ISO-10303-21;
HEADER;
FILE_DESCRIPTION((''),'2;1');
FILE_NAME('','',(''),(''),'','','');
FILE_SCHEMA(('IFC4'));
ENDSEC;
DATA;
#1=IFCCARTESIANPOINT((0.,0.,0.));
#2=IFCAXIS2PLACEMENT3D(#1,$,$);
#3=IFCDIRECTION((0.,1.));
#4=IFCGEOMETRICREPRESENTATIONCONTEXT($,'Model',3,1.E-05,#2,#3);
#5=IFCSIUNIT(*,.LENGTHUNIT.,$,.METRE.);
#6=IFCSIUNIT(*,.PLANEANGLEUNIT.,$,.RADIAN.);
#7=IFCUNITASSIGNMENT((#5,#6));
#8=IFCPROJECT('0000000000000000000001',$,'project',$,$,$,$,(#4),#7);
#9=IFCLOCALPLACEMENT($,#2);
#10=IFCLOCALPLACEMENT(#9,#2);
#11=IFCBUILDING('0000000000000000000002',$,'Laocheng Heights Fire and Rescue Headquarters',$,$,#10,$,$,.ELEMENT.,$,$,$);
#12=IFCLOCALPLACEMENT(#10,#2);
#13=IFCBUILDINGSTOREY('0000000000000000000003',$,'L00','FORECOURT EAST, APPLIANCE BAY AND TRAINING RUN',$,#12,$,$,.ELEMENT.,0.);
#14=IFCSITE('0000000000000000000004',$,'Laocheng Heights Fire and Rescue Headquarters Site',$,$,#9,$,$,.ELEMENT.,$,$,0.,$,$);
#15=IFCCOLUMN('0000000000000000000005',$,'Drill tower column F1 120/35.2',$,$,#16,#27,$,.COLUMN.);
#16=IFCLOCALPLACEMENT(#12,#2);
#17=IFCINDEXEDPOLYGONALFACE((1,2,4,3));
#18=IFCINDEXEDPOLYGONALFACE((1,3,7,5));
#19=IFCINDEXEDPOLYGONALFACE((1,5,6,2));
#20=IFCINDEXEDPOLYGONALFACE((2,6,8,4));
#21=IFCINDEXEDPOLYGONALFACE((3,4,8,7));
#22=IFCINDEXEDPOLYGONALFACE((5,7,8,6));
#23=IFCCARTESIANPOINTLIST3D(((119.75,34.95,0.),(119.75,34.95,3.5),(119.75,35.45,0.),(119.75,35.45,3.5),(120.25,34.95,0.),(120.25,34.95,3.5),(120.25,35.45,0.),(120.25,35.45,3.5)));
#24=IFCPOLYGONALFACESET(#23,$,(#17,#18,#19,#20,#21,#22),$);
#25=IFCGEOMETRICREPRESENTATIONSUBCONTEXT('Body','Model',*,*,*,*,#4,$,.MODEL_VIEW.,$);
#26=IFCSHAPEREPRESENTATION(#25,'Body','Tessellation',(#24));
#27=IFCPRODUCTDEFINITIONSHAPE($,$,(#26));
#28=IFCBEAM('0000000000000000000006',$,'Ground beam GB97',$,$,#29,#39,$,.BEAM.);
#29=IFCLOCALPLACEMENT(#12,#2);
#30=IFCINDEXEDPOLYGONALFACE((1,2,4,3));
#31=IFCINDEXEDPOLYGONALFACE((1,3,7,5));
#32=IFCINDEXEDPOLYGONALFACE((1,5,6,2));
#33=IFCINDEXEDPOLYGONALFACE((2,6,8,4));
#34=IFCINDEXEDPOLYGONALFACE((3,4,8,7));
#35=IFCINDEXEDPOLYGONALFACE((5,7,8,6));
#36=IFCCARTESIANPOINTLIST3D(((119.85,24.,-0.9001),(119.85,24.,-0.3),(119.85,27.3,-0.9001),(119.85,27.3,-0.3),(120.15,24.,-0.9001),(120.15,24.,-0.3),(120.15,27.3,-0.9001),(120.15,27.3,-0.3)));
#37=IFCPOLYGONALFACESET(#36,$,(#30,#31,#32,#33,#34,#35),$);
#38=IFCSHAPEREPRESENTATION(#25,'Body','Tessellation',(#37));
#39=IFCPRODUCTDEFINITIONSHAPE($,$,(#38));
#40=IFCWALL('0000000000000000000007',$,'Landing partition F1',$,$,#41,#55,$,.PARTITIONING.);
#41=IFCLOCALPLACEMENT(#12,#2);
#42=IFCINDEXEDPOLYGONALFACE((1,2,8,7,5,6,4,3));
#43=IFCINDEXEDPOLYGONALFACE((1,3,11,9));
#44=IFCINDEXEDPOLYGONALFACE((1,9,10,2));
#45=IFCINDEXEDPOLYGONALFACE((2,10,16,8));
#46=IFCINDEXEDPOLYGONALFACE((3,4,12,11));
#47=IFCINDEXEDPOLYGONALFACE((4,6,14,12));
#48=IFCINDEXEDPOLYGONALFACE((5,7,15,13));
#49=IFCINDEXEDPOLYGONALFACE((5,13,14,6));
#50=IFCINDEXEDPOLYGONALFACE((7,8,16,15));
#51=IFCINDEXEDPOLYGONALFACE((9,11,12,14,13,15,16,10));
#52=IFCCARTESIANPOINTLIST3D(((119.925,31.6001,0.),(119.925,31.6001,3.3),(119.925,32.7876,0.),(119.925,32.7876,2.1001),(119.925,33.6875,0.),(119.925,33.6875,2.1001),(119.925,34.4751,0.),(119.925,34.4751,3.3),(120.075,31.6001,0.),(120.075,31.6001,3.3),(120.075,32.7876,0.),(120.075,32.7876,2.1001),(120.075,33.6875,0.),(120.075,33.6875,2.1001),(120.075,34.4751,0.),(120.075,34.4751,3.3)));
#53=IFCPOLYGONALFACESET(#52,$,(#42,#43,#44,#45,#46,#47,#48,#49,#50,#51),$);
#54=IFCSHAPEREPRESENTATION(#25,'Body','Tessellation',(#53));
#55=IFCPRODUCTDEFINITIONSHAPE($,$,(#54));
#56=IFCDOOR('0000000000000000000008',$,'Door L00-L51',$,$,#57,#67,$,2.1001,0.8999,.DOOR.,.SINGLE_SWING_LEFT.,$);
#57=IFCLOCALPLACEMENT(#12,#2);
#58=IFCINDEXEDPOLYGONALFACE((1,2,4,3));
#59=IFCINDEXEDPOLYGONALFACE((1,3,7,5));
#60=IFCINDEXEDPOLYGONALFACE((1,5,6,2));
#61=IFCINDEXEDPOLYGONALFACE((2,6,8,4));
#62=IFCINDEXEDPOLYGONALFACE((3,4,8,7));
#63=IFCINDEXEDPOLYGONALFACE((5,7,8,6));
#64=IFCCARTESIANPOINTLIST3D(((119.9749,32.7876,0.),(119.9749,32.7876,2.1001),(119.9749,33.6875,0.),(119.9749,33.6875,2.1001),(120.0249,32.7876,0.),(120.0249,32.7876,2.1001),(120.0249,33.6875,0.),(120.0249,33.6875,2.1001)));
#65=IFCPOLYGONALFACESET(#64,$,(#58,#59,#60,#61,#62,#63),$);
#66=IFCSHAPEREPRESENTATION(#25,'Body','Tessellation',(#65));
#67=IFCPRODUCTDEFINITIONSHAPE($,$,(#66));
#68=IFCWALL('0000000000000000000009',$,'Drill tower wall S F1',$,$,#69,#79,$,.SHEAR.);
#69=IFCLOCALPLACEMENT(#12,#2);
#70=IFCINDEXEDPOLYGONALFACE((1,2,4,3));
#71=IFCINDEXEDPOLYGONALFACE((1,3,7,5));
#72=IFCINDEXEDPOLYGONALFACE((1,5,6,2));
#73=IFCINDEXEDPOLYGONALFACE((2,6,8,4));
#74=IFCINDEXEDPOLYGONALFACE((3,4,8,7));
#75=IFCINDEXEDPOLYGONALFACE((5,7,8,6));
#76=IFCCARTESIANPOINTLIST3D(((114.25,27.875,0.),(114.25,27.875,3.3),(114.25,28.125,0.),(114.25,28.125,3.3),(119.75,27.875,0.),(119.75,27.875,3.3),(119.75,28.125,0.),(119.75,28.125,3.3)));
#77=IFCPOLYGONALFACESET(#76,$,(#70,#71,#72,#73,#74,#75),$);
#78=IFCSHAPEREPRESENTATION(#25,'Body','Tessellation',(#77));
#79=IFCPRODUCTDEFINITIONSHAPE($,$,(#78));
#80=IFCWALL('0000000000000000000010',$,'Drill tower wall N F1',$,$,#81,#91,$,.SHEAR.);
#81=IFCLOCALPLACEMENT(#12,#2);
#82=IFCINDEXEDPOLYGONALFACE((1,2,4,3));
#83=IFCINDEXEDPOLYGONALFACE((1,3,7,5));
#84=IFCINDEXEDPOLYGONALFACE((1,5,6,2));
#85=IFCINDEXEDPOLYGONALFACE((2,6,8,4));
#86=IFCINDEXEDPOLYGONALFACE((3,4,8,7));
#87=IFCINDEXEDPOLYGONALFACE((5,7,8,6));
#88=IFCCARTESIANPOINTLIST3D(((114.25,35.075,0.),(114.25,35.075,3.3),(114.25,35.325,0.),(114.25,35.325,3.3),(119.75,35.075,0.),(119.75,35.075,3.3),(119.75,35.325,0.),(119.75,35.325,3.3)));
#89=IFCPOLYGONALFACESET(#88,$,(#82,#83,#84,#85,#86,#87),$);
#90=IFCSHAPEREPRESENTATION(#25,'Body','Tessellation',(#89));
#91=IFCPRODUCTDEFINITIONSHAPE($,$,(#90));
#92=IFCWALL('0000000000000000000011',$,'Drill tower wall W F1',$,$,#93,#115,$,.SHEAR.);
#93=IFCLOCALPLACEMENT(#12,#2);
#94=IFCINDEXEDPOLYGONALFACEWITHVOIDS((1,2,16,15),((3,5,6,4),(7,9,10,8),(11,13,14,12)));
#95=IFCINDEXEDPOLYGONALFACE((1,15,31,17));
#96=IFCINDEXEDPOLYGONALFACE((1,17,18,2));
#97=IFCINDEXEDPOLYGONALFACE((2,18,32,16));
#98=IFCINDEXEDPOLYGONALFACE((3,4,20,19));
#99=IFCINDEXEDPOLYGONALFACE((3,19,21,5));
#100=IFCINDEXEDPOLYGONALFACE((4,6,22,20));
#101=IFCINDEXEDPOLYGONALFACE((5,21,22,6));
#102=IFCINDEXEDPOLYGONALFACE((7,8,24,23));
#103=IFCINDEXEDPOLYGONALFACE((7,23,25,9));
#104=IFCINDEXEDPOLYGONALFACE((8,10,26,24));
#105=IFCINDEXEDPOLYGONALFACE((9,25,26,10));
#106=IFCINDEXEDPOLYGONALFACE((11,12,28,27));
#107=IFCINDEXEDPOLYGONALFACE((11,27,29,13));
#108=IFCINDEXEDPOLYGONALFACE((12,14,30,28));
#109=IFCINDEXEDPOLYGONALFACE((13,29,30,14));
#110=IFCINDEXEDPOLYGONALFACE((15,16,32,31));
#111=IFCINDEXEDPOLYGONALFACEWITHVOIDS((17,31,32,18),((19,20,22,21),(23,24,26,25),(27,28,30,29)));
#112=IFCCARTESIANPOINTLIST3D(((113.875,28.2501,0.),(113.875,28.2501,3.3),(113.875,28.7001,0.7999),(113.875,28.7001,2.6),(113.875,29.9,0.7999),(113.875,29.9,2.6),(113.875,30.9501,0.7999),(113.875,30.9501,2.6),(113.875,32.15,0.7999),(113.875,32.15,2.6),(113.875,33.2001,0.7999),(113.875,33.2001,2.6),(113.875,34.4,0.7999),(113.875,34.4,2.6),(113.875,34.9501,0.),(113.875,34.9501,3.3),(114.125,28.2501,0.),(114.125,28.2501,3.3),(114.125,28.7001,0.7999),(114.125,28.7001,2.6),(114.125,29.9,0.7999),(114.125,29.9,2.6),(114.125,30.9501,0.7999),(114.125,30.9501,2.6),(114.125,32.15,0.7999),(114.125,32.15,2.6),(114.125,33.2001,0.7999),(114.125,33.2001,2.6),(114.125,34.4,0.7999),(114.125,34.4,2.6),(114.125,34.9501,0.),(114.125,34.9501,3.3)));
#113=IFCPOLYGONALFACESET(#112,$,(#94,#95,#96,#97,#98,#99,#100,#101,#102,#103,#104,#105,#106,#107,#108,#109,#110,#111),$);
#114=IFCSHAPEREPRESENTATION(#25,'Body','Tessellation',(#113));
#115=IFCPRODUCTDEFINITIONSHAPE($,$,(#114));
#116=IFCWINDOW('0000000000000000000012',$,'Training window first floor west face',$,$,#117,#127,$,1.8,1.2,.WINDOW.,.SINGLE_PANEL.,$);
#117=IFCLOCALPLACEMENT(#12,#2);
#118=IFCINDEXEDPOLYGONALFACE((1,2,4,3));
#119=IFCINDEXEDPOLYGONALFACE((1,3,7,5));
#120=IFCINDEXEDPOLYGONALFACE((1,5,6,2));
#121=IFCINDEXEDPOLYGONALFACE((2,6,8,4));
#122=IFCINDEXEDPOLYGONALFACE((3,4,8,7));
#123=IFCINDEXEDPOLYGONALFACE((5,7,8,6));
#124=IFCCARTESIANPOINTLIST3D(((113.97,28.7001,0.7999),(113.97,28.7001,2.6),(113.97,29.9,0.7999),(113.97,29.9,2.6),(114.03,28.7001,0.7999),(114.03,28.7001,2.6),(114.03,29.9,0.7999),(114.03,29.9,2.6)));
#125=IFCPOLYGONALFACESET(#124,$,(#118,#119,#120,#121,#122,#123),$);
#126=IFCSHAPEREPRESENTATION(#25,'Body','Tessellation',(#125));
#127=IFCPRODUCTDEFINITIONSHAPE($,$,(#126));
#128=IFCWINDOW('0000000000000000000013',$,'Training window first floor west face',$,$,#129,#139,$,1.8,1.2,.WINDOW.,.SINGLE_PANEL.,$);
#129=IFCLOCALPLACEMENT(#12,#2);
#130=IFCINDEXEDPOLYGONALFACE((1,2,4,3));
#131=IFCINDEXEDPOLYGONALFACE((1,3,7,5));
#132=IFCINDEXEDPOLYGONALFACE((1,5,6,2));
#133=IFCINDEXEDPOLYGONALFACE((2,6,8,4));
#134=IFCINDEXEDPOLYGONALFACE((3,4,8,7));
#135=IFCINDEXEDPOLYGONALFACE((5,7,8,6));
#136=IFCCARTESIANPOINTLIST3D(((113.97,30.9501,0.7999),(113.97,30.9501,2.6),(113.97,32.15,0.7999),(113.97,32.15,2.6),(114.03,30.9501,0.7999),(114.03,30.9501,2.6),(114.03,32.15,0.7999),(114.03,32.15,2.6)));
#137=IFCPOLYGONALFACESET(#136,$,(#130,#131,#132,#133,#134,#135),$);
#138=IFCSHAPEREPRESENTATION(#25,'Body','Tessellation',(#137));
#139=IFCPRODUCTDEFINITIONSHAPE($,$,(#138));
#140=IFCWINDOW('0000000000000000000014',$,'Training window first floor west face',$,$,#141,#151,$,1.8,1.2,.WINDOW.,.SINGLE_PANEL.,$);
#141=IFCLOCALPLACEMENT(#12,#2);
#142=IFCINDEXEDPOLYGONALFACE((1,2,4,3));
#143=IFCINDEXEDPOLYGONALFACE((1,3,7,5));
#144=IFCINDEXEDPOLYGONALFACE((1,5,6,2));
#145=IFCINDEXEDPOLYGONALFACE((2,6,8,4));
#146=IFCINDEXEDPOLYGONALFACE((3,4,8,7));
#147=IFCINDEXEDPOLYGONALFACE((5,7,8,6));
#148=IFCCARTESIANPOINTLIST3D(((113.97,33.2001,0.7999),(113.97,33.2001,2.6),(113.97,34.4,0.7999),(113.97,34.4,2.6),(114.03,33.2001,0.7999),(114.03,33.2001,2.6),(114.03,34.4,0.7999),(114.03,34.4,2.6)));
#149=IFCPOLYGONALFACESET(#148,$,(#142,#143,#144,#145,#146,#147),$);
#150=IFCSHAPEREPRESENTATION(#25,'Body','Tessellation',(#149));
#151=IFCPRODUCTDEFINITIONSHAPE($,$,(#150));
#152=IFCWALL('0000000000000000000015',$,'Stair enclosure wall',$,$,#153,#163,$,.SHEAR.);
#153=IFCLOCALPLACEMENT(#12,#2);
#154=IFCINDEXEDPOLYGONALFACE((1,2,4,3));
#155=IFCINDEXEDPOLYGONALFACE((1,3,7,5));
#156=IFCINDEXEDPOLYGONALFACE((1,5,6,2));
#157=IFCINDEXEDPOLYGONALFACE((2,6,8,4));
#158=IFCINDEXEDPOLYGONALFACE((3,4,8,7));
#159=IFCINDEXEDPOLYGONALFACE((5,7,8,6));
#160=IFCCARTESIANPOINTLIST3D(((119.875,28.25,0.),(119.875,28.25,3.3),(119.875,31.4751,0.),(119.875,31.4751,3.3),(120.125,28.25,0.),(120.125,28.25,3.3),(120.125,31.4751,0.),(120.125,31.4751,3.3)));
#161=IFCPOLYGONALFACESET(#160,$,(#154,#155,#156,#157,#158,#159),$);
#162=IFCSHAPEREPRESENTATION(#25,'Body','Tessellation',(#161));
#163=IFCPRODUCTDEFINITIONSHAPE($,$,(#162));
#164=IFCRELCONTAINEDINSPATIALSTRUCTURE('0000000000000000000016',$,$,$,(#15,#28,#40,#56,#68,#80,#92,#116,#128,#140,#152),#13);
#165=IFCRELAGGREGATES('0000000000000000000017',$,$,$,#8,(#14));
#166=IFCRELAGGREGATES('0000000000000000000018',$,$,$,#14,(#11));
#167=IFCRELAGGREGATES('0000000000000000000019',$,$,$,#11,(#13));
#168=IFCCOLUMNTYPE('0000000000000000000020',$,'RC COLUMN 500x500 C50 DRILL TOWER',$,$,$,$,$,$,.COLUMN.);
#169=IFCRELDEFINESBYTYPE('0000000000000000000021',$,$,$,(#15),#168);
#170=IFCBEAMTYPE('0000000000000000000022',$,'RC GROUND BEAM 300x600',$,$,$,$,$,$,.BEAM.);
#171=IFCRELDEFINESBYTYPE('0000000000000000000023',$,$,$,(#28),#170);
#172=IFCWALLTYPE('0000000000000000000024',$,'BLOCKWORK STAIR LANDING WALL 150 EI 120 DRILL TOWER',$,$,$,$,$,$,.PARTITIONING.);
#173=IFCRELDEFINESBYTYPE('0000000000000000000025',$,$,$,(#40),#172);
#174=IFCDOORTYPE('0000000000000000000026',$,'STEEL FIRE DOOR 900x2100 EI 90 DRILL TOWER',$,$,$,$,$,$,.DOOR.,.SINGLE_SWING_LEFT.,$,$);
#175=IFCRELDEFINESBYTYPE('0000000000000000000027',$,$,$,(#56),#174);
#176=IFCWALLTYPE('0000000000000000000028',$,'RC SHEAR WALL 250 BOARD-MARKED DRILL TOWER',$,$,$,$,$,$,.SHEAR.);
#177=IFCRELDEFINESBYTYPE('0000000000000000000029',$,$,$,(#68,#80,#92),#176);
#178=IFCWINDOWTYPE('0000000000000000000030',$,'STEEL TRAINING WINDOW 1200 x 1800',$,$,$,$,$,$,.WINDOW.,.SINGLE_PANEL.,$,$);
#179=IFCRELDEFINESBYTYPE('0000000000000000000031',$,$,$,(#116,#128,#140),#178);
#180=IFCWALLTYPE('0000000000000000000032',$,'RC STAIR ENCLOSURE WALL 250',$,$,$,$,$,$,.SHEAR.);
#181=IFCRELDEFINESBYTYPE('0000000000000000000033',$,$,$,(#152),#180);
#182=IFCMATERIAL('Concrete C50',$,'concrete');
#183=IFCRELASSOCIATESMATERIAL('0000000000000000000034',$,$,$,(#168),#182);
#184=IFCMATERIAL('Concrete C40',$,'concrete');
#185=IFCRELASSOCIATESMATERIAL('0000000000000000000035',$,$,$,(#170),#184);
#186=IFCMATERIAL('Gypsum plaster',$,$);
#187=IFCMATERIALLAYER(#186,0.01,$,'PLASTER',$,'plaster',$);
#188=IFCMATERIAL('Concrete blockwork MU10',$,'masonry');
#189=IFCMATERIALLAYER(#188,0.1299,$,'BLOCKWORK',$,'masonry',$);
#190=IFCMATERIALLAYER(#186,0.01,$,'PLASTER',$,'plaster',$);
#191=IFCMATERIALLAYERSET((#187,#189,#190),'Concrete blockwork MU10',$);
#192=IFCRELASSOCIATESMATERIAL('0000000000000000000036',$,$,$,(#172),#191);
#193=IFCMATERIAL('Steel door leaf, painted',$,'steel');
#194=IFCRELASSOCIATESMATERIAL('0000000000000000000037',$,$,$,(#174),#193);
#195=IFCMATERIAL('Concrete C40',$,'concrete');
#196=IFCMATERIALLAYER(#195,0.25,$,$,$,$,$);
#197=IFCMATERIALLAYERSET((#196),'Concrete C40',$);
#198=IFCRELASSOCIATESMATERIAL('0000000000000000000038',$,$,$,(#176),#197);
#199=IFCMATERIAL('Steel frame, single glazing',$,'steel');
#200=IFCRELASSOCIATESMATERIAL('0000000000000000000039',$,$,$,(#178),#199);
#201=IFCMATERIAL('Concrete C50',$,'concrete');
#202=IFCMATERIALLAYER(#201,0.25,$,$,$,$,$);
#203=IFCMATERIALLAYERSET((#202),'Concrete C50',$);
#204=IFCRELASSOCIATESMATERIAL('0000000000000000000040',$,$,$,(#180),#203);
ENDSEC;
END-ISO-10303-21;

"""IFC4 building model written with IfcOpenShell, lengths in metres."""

from ifc_helpers import new_model, si_unit, direction, frame, frame_2d, origin, origin_2d, place, context, subcontext, project, spatial, rectangle, extrude, material, layer, layer_set, material_profile, profile_set, type_object, element, fill, save


model = new_model("IFC4")

# Units and contexts
model_context = context("Model", 3, precision=1e-05, world=origin(), true_north=direction((0.0, 1.0)))
body_context = subcontext(model_context, "Body", "Model", "MODEL_VIEW")
ifc_project = project(units=[si_unit("LENGTHUNIT", "METRE"), si_unit("PLANEANGLEUNIT", "RADIAN")], contexts=[model_context])

# Site, building, storey
site_placement = place(None, origin())
site = spatial("IfcSite", under=ifc_project, at=site_placement, Name="Laocheng Heights Fire and Rescue Headquarters Site", CompositionType="ELEMENT", RefElevation=0.0)
building_placement = place(site_placement, origin())
building = spatial("IfcBuilding", under=site, at=building_placement, Name="Laocheng Heights Fire and Rescue Headquarters", CompositionType="ELEMENT")
storey_placement = place(building_placement, origin())
storey = spatial("IfcBuildingStorey", under=building, at=storey_placement, Name="L00", Description="FORECOURT EAST, APPLIANCE BAY AND TRAINING RUN", CompositionType="ELEMENT", Elevation=0.0)

# Column
ifc_material_1 = material(Name="Concrete C50", Category="concrete")
ifc_material_profile_1 = material_profile(ifc_material_1, rectangle(XDim=0.5, YDim=0.5, at=origin_2d()), Name="RC COLUMN 500x500 C50 DRILL TOWER")
ifc_profile_set_1 = profile_set([ifc_material_profile_1], Name="Concrete C50")
column_type = type_object("IfcColumnType", Name="RC COLUMN 500x500 C50 DRILL TOWER", PredefinedType="COLUMN", material=ifc_profile_set_1)
for number, where, z_axis, x_axis, name in (
    (1, (120.0, 35.2, 0.0), (0.0, 0.0, 1.0), (1.0, 0.0, 0.0), "Drill tower column F1 120/35.2"),
):
    element("IfcColumn", number, at=place(storey_placement, frame(where, z_axis=z_axis, x_axis=x_axis)), inside=storey, type_object=column_type, Name=name, PredefinedType="COLUMN", context=body_context, shape_type="SweptSolid", body=[
        extrude(rectangle(XDim=0.5, YDim=0.5, at=origin_2d()), origin(), (0.0, 0.0, 1.0), 3.5),
    ])

# Beam
ifc_material_2 = material(Name="Concrete C40", Category="concrete")
ifc_material_profile_2 = material_profile(ifc_material_2, rectangle(XDim=0.3, YDim=0.6001, at=origin_2d()), Name="RC GROUND BEAM 300x600")
ifc_profile_set_2 = profile_set([ifc_material_profile_2], Name="Concrete C40")
beam_type = type_object("IfcBeamType", Name="RC GROUND BEAM 300x600", PredefinedType="BEAM", material=ifc_profile_set_2)
beam_placement = place(storey_placement, frame((120.0, 24.0, -0.6001), z_axis=(0.0, 1.0, 0.0), x_axis=(-1.0, 0.0, 0.0)))
element("IfcBeam", 2, at=beam_placement, inside=storey, type_object=beam_type, Name="Ground beam GB97", PredefinedType="BEAM", context=body_context, shape_type="SweptSolid", body=[
    extrude(rectangle(XDim=0.3, YDim=0.6001, at=origin_2d()), origin(), (0.0, 0.0, 1.0), 3.3),
])

# Wall, opening, door
ifc_material_3 = material(Name="Gypsum plaster")
ifc_layer_1 = layer(ifc_material_3, 0.01, Name="PLASTER", Category="plaster")
ifc_material_4 = material(Name="Concrete blockwork MU10", Category="masonry")
ifc_layer_2 = layer(ifc_material_4, 0.1299, Name="BLOCKWORK", Category="masonry")
ifc_layer_3 = layer(ifc_material_3, 0.01, Name="PLASTER", Category="plaster")
ifc_layer_set_1 = layer_set([ifc_layer_1, ifc_layer_2, ifc_layer_3], Name="Concrete blockwork MU10")
wall_type_1 = type_object("IfcWallType", Name="BLOCKWORK STAIR LANDING WALL 150 EI 120 DRILL TOWER", PredefinedType="PARTITIONING", material=ifc_layer_set_1)
wall_1_placement = place(storey_placement, frame((120.0, 31.6001, 0.0), z_axis=(0.0, 0.0, 1.0), x_axis=(0.0, 1.0, 0.0)))
wall_1 = element("IfcWall", 3, at=wall_1_placement, inside=storey, type_object=wall_type_1, Name="Landing partition F1", PredefinedType="PARTITIONING", context=body_context, shape_type="SweptSolid", body=[
    extrude(rectangle(XDim=2.875, YDim=0.1499, at=frame_2d((1.4375, 0.0))), origin(), (0.0, 0.0, 1.0), 3.3),
])
opening_1_placement = place(wall_1_placement, frame((1.1875, 0.0, 0.0)))
opening_1 = element("IfcOpeningElement", 4, at=opening_1_placement, cuts=wall_1, PredefinedType="OPENING", context=body_context, shape_type="SweptSolid", body=[
    extrude(rectangle(XDim=0.8999, YDim=2.1001, at=frame_2d((0.45, 1.05))), frame((0.0, 0.085, 0.0), z_axis=(0.0, -1.0, 0.0), x_axis=(1.0, 0.0, 0.0)), (0.0, 0.0, 1.0), 0.1699),
])
ifc_material_5 = material(Name="Steel door leaf, painted", Category="steel")
door_type = type_object("IfcDoorType", Name="STEEL FIRE DOOR 900x2100 EI 90 DRILL TOWER", OperationType="SINGLE_SWING_LEFT", PredefinedType="DOOR", material=ifc_material_5)
door_placement = place(opening_1_placement, frame((0.8999, 0.0, 0.0), z_axis=(0.0, 0.0, 1.0), x_axis=(-1.0, 0.0, 0.0)))
door = element("IfcDoor", 5, at=door_placement, inside=storey, type_object=door_type, Name="Door L00-L51", OperationType="SINGLE_SWING_LEFT", OverallHeight=2.1001, OverallWidth=0.8999, PredefinedType="DOOR", context=body_context, shape_type="SweptSolid", body=[
    extrude(rectangle(XDim=0.8999, YDim=2.1001, at=frame_2d((0.45, 1.05))), frame((0.0, 0.0249, 0.0), z_axis=(0.0, -1.0, 0.0), x_axis=(1.0, 0.0, 0.0)), (0.0, 0.0, 1.0), 0.05),
])
fill(opening_1, door)

# Walls
ifc_material_6 = material(Name="Concrete C40", Category="concrete")
ifc_layer_4 = layer(ifc_material_6, 0.25)
ifc_layer_set_2 = layer_set([ifc_layer_4], Name="Concrete C40")
wall_type_2 = type_object("IfcWallType", Name="RC SHEAR WALL 250 BOARD-MARKED DRILL TOWER", PredefinedType="SHEAR", material=ifc_layer_set_2)
for number, where, z_axis, x_axis, name in (
    (6, (114.25, 28.0, 0.0), (0.0, 0.0, 1.0), (1.0, 0.0, 0.0), "Drill tower wall S F1"),
    (7, (114.25, 35.2, 0.0), (0.0, 0.0, 1.0), (1.0, 0.0, 0.0), "Drill tower wall N F1"),
):
    element("IfcWall", number, at=place(storey_placement, frame(where, z_axis=z_axis, x_axis=x_axis)), inside=storey, type_object=wall_type_2, Name=name, PredefinedType="SHEAR", context=body_context, shape_type="SweptSolid", body=[
        extrude(rectangle(XDim=5.5, YDim=0.25, at=frame_2d((2.75, 0.0))), origin(), (0.0, 0.0, 1.0), 3.3),
    ])

# Wall, openings, windows
wall_2_placement = place(storey_placement, frame((114.0, 28.25, 0.0), z_axis=(0.0, 0.0, 1.0), x_axis=(0.0, 1.0, 0.0)))
wall_2 = element("IfcWall", 8, at=wall_2_placement, inside=storey, type_object=wall_type_2, Name="Drill tower wall W F1", PredefinedType="SHEAR", context=body_context, shape_type="SweptSolid", body=[
    extrude(rectangle(XDim=6.7, YDim=0.25, at=frame_2d((3.3501, 0.0))), origin(), (0.0, 0.0, 1.0), 3.3),
])
opening_2_placement = place(wall_2_placement, frame((0.45, 0.0, 0.8)))
opening_2 = element("IfcOpeningElement", 9, at=opening_2_placement, cuts=wall_2, PredefinedType="OPENING", context=body_context, shape_type="SweptSolid", body=[
    extrude(rectangle(XDim=1.2, YDim=1.8, at=frame_2d((0.6001, 0.8999))), frame((0.0, 0.135, 0.0), z_axis=(0.0, -1.0, 0.0), x_axis=(1.0, 0.0, 0.0)), (0.0, 0.0, 1.0), 0.27),
])
opening_3_placement = place(wall_2_placement, frame((2.7, 0.0, 0.8)))
opening_3 = element("IfcOpeningElement", 10, at=opening_3_placement, cuts=wall_2, PredefinedType="OPENING", context=body_context, shape_type="SweptSolid", body=[
    extrude(rectangle(XDim=1.2, YDim=1.8, at=frame_2d((0.6001, 0.8999))), frame((0.0, 0.135, 0.0), z_axis=(0.0, -1.0, 0.0), x_axis=(1.0, 0.0, 0.0)), (0.0, 0.0, 1.0), 0.27),
])
opening_4_placement = place(wall_2_placement, frame((4.95, 0.0, 0.8)))
opening_4 = element("IfcOpeningElement", 11, at=opening_4_placement, cuts=wall_2, PredefinedType="OPENING", context=body_context, shape_type="SweptSolid", body=[
    extrude(rectangle(XDim=1.2, YDim=1.8, at=frame_2d((0.6001, 0.8999))), frame((0.0, 0.135, 0.0), z_axis=(0.0, -1.0, 0.0), x_axis=(1.0, 0.0, 0.0)), (0.0, 0.0, 1.0), 0.27),
])
ifc_material_7 = material(Name="Steel frame, single glazing", Category="steel")
window_type = type_object("IfcWindowType", Name="STEEL TRAINING WINDOW 1200 x 1800", PartitioningType="SINGLE_PANEL", PredefinedType="WINDOW", material=ifc_material_7)
window_1_placement = place(opening_2_placement, origin())
window_1 = element("IfcWindow", 12, at=window_1_placement, inside=storey, type_object=window_type, Name="Training window first floor west face", OverallHeight=1.8, OverallWidth=1.2, PartitioningType="SINGLE_PANEL", PredefinedType="WINDOW", context=body_context, shape_type="SweptSolid", body=[
    extrude(rectangle(XDim=1.2, YDim=1.8, at=frame_2d((0.6001, 0.8999))), frame((0.0, 0.03, 0.0), z_axis=(0.0, -1.0, 0.0), x_axis=(1.0, 0.0, 0.0)), (0.0, 0.0, 1.0), 0.0601),
])
fill(opening_2, window_1)
window_2_placement = place(opening_3_placement, origin())
window_2 = element("IfcWindow", 13, at=window_2_placement, inside=storey, type_object=window_type, Name="Training window first floor west face", OverallHeight=1.8, OverallWidth=1.2, PartitioningType="SINGLE_PANEL", PredefinedType="WINDOW", context=body_context, shape_type="SweptSolid", body=[
    extrude(rectangle(XDim=1.2, YDim=1.8, at=frame_2d((0.6001, 0.8999))), frame((0.0, 0.03, 0.0), z_axis=(0.0, -1.0, 0.0), x_axis=(1.0, 0.0, 0.0)), (0.0, 0.0, 1.0), 0.0601),
])
fill(opening_3, window_2)
window_3_placement = place(opening_4_placement, origin())
window_3 = element("IfcWindow", 14, at=window_3_placement, inside=storey, type_object=window_type, Name="Training window first floor west face", OverallHeight=1.8, OverallWidth=1.2, PartitioningType="SINGLE_PANEL", PredefinedType="WINDOW", context=body_context, shape_type="SweptSolid", body=[
    extrude(rectangle(XDim=1.2, YDim=1.8, at=frame_2d((0.6001, 0.8999))), frame((0.0, 0.03, 0.0), z_axis=(0.0, -1.0, 0.0), x_axis=(1.0, 0.0, 0.0)), (0.0, 0.0, 1.0), 0.0601),
])
fill(opening_4, window_3)

# Wall
ifc_material_8 = material(Name="Concrete C50", Category="concrete")
ifc_layer_5 = layer(ifc_material_8, 0.25)
ifc_layer_set_3 = layer_set([ifc_layer_5], Name="Concrete C50")
wall_type_3 = type_object("IfcWallType", Name="RC STAIR ENCLOSURE WALL 250", PredefinedType="SHEAR", material=ifc_layer_set_3)
wall_3_placement = place(storey_placement, frame((120.0, 28.25, 0.0), z_axis=(0.0, 0.0, 1.0), x_axis=(0.0, 1.0, 0.0)))
element("IfcWall", 15, at=wall_3_placement, inside=storey, type_object=wall_type_3, Name="Stair enclosure wall", PredefinedType="SHEAR", context=body_context, shape_type="SweptSolid", body=[
    extrude(rectangle(XDim=3.2251, YDim=0.25, at=frame_2d((1.6125, 0.0))), origin(), (0.0, 0.0, 1.0), 3.3),
])

save(model, "model.ifc")
